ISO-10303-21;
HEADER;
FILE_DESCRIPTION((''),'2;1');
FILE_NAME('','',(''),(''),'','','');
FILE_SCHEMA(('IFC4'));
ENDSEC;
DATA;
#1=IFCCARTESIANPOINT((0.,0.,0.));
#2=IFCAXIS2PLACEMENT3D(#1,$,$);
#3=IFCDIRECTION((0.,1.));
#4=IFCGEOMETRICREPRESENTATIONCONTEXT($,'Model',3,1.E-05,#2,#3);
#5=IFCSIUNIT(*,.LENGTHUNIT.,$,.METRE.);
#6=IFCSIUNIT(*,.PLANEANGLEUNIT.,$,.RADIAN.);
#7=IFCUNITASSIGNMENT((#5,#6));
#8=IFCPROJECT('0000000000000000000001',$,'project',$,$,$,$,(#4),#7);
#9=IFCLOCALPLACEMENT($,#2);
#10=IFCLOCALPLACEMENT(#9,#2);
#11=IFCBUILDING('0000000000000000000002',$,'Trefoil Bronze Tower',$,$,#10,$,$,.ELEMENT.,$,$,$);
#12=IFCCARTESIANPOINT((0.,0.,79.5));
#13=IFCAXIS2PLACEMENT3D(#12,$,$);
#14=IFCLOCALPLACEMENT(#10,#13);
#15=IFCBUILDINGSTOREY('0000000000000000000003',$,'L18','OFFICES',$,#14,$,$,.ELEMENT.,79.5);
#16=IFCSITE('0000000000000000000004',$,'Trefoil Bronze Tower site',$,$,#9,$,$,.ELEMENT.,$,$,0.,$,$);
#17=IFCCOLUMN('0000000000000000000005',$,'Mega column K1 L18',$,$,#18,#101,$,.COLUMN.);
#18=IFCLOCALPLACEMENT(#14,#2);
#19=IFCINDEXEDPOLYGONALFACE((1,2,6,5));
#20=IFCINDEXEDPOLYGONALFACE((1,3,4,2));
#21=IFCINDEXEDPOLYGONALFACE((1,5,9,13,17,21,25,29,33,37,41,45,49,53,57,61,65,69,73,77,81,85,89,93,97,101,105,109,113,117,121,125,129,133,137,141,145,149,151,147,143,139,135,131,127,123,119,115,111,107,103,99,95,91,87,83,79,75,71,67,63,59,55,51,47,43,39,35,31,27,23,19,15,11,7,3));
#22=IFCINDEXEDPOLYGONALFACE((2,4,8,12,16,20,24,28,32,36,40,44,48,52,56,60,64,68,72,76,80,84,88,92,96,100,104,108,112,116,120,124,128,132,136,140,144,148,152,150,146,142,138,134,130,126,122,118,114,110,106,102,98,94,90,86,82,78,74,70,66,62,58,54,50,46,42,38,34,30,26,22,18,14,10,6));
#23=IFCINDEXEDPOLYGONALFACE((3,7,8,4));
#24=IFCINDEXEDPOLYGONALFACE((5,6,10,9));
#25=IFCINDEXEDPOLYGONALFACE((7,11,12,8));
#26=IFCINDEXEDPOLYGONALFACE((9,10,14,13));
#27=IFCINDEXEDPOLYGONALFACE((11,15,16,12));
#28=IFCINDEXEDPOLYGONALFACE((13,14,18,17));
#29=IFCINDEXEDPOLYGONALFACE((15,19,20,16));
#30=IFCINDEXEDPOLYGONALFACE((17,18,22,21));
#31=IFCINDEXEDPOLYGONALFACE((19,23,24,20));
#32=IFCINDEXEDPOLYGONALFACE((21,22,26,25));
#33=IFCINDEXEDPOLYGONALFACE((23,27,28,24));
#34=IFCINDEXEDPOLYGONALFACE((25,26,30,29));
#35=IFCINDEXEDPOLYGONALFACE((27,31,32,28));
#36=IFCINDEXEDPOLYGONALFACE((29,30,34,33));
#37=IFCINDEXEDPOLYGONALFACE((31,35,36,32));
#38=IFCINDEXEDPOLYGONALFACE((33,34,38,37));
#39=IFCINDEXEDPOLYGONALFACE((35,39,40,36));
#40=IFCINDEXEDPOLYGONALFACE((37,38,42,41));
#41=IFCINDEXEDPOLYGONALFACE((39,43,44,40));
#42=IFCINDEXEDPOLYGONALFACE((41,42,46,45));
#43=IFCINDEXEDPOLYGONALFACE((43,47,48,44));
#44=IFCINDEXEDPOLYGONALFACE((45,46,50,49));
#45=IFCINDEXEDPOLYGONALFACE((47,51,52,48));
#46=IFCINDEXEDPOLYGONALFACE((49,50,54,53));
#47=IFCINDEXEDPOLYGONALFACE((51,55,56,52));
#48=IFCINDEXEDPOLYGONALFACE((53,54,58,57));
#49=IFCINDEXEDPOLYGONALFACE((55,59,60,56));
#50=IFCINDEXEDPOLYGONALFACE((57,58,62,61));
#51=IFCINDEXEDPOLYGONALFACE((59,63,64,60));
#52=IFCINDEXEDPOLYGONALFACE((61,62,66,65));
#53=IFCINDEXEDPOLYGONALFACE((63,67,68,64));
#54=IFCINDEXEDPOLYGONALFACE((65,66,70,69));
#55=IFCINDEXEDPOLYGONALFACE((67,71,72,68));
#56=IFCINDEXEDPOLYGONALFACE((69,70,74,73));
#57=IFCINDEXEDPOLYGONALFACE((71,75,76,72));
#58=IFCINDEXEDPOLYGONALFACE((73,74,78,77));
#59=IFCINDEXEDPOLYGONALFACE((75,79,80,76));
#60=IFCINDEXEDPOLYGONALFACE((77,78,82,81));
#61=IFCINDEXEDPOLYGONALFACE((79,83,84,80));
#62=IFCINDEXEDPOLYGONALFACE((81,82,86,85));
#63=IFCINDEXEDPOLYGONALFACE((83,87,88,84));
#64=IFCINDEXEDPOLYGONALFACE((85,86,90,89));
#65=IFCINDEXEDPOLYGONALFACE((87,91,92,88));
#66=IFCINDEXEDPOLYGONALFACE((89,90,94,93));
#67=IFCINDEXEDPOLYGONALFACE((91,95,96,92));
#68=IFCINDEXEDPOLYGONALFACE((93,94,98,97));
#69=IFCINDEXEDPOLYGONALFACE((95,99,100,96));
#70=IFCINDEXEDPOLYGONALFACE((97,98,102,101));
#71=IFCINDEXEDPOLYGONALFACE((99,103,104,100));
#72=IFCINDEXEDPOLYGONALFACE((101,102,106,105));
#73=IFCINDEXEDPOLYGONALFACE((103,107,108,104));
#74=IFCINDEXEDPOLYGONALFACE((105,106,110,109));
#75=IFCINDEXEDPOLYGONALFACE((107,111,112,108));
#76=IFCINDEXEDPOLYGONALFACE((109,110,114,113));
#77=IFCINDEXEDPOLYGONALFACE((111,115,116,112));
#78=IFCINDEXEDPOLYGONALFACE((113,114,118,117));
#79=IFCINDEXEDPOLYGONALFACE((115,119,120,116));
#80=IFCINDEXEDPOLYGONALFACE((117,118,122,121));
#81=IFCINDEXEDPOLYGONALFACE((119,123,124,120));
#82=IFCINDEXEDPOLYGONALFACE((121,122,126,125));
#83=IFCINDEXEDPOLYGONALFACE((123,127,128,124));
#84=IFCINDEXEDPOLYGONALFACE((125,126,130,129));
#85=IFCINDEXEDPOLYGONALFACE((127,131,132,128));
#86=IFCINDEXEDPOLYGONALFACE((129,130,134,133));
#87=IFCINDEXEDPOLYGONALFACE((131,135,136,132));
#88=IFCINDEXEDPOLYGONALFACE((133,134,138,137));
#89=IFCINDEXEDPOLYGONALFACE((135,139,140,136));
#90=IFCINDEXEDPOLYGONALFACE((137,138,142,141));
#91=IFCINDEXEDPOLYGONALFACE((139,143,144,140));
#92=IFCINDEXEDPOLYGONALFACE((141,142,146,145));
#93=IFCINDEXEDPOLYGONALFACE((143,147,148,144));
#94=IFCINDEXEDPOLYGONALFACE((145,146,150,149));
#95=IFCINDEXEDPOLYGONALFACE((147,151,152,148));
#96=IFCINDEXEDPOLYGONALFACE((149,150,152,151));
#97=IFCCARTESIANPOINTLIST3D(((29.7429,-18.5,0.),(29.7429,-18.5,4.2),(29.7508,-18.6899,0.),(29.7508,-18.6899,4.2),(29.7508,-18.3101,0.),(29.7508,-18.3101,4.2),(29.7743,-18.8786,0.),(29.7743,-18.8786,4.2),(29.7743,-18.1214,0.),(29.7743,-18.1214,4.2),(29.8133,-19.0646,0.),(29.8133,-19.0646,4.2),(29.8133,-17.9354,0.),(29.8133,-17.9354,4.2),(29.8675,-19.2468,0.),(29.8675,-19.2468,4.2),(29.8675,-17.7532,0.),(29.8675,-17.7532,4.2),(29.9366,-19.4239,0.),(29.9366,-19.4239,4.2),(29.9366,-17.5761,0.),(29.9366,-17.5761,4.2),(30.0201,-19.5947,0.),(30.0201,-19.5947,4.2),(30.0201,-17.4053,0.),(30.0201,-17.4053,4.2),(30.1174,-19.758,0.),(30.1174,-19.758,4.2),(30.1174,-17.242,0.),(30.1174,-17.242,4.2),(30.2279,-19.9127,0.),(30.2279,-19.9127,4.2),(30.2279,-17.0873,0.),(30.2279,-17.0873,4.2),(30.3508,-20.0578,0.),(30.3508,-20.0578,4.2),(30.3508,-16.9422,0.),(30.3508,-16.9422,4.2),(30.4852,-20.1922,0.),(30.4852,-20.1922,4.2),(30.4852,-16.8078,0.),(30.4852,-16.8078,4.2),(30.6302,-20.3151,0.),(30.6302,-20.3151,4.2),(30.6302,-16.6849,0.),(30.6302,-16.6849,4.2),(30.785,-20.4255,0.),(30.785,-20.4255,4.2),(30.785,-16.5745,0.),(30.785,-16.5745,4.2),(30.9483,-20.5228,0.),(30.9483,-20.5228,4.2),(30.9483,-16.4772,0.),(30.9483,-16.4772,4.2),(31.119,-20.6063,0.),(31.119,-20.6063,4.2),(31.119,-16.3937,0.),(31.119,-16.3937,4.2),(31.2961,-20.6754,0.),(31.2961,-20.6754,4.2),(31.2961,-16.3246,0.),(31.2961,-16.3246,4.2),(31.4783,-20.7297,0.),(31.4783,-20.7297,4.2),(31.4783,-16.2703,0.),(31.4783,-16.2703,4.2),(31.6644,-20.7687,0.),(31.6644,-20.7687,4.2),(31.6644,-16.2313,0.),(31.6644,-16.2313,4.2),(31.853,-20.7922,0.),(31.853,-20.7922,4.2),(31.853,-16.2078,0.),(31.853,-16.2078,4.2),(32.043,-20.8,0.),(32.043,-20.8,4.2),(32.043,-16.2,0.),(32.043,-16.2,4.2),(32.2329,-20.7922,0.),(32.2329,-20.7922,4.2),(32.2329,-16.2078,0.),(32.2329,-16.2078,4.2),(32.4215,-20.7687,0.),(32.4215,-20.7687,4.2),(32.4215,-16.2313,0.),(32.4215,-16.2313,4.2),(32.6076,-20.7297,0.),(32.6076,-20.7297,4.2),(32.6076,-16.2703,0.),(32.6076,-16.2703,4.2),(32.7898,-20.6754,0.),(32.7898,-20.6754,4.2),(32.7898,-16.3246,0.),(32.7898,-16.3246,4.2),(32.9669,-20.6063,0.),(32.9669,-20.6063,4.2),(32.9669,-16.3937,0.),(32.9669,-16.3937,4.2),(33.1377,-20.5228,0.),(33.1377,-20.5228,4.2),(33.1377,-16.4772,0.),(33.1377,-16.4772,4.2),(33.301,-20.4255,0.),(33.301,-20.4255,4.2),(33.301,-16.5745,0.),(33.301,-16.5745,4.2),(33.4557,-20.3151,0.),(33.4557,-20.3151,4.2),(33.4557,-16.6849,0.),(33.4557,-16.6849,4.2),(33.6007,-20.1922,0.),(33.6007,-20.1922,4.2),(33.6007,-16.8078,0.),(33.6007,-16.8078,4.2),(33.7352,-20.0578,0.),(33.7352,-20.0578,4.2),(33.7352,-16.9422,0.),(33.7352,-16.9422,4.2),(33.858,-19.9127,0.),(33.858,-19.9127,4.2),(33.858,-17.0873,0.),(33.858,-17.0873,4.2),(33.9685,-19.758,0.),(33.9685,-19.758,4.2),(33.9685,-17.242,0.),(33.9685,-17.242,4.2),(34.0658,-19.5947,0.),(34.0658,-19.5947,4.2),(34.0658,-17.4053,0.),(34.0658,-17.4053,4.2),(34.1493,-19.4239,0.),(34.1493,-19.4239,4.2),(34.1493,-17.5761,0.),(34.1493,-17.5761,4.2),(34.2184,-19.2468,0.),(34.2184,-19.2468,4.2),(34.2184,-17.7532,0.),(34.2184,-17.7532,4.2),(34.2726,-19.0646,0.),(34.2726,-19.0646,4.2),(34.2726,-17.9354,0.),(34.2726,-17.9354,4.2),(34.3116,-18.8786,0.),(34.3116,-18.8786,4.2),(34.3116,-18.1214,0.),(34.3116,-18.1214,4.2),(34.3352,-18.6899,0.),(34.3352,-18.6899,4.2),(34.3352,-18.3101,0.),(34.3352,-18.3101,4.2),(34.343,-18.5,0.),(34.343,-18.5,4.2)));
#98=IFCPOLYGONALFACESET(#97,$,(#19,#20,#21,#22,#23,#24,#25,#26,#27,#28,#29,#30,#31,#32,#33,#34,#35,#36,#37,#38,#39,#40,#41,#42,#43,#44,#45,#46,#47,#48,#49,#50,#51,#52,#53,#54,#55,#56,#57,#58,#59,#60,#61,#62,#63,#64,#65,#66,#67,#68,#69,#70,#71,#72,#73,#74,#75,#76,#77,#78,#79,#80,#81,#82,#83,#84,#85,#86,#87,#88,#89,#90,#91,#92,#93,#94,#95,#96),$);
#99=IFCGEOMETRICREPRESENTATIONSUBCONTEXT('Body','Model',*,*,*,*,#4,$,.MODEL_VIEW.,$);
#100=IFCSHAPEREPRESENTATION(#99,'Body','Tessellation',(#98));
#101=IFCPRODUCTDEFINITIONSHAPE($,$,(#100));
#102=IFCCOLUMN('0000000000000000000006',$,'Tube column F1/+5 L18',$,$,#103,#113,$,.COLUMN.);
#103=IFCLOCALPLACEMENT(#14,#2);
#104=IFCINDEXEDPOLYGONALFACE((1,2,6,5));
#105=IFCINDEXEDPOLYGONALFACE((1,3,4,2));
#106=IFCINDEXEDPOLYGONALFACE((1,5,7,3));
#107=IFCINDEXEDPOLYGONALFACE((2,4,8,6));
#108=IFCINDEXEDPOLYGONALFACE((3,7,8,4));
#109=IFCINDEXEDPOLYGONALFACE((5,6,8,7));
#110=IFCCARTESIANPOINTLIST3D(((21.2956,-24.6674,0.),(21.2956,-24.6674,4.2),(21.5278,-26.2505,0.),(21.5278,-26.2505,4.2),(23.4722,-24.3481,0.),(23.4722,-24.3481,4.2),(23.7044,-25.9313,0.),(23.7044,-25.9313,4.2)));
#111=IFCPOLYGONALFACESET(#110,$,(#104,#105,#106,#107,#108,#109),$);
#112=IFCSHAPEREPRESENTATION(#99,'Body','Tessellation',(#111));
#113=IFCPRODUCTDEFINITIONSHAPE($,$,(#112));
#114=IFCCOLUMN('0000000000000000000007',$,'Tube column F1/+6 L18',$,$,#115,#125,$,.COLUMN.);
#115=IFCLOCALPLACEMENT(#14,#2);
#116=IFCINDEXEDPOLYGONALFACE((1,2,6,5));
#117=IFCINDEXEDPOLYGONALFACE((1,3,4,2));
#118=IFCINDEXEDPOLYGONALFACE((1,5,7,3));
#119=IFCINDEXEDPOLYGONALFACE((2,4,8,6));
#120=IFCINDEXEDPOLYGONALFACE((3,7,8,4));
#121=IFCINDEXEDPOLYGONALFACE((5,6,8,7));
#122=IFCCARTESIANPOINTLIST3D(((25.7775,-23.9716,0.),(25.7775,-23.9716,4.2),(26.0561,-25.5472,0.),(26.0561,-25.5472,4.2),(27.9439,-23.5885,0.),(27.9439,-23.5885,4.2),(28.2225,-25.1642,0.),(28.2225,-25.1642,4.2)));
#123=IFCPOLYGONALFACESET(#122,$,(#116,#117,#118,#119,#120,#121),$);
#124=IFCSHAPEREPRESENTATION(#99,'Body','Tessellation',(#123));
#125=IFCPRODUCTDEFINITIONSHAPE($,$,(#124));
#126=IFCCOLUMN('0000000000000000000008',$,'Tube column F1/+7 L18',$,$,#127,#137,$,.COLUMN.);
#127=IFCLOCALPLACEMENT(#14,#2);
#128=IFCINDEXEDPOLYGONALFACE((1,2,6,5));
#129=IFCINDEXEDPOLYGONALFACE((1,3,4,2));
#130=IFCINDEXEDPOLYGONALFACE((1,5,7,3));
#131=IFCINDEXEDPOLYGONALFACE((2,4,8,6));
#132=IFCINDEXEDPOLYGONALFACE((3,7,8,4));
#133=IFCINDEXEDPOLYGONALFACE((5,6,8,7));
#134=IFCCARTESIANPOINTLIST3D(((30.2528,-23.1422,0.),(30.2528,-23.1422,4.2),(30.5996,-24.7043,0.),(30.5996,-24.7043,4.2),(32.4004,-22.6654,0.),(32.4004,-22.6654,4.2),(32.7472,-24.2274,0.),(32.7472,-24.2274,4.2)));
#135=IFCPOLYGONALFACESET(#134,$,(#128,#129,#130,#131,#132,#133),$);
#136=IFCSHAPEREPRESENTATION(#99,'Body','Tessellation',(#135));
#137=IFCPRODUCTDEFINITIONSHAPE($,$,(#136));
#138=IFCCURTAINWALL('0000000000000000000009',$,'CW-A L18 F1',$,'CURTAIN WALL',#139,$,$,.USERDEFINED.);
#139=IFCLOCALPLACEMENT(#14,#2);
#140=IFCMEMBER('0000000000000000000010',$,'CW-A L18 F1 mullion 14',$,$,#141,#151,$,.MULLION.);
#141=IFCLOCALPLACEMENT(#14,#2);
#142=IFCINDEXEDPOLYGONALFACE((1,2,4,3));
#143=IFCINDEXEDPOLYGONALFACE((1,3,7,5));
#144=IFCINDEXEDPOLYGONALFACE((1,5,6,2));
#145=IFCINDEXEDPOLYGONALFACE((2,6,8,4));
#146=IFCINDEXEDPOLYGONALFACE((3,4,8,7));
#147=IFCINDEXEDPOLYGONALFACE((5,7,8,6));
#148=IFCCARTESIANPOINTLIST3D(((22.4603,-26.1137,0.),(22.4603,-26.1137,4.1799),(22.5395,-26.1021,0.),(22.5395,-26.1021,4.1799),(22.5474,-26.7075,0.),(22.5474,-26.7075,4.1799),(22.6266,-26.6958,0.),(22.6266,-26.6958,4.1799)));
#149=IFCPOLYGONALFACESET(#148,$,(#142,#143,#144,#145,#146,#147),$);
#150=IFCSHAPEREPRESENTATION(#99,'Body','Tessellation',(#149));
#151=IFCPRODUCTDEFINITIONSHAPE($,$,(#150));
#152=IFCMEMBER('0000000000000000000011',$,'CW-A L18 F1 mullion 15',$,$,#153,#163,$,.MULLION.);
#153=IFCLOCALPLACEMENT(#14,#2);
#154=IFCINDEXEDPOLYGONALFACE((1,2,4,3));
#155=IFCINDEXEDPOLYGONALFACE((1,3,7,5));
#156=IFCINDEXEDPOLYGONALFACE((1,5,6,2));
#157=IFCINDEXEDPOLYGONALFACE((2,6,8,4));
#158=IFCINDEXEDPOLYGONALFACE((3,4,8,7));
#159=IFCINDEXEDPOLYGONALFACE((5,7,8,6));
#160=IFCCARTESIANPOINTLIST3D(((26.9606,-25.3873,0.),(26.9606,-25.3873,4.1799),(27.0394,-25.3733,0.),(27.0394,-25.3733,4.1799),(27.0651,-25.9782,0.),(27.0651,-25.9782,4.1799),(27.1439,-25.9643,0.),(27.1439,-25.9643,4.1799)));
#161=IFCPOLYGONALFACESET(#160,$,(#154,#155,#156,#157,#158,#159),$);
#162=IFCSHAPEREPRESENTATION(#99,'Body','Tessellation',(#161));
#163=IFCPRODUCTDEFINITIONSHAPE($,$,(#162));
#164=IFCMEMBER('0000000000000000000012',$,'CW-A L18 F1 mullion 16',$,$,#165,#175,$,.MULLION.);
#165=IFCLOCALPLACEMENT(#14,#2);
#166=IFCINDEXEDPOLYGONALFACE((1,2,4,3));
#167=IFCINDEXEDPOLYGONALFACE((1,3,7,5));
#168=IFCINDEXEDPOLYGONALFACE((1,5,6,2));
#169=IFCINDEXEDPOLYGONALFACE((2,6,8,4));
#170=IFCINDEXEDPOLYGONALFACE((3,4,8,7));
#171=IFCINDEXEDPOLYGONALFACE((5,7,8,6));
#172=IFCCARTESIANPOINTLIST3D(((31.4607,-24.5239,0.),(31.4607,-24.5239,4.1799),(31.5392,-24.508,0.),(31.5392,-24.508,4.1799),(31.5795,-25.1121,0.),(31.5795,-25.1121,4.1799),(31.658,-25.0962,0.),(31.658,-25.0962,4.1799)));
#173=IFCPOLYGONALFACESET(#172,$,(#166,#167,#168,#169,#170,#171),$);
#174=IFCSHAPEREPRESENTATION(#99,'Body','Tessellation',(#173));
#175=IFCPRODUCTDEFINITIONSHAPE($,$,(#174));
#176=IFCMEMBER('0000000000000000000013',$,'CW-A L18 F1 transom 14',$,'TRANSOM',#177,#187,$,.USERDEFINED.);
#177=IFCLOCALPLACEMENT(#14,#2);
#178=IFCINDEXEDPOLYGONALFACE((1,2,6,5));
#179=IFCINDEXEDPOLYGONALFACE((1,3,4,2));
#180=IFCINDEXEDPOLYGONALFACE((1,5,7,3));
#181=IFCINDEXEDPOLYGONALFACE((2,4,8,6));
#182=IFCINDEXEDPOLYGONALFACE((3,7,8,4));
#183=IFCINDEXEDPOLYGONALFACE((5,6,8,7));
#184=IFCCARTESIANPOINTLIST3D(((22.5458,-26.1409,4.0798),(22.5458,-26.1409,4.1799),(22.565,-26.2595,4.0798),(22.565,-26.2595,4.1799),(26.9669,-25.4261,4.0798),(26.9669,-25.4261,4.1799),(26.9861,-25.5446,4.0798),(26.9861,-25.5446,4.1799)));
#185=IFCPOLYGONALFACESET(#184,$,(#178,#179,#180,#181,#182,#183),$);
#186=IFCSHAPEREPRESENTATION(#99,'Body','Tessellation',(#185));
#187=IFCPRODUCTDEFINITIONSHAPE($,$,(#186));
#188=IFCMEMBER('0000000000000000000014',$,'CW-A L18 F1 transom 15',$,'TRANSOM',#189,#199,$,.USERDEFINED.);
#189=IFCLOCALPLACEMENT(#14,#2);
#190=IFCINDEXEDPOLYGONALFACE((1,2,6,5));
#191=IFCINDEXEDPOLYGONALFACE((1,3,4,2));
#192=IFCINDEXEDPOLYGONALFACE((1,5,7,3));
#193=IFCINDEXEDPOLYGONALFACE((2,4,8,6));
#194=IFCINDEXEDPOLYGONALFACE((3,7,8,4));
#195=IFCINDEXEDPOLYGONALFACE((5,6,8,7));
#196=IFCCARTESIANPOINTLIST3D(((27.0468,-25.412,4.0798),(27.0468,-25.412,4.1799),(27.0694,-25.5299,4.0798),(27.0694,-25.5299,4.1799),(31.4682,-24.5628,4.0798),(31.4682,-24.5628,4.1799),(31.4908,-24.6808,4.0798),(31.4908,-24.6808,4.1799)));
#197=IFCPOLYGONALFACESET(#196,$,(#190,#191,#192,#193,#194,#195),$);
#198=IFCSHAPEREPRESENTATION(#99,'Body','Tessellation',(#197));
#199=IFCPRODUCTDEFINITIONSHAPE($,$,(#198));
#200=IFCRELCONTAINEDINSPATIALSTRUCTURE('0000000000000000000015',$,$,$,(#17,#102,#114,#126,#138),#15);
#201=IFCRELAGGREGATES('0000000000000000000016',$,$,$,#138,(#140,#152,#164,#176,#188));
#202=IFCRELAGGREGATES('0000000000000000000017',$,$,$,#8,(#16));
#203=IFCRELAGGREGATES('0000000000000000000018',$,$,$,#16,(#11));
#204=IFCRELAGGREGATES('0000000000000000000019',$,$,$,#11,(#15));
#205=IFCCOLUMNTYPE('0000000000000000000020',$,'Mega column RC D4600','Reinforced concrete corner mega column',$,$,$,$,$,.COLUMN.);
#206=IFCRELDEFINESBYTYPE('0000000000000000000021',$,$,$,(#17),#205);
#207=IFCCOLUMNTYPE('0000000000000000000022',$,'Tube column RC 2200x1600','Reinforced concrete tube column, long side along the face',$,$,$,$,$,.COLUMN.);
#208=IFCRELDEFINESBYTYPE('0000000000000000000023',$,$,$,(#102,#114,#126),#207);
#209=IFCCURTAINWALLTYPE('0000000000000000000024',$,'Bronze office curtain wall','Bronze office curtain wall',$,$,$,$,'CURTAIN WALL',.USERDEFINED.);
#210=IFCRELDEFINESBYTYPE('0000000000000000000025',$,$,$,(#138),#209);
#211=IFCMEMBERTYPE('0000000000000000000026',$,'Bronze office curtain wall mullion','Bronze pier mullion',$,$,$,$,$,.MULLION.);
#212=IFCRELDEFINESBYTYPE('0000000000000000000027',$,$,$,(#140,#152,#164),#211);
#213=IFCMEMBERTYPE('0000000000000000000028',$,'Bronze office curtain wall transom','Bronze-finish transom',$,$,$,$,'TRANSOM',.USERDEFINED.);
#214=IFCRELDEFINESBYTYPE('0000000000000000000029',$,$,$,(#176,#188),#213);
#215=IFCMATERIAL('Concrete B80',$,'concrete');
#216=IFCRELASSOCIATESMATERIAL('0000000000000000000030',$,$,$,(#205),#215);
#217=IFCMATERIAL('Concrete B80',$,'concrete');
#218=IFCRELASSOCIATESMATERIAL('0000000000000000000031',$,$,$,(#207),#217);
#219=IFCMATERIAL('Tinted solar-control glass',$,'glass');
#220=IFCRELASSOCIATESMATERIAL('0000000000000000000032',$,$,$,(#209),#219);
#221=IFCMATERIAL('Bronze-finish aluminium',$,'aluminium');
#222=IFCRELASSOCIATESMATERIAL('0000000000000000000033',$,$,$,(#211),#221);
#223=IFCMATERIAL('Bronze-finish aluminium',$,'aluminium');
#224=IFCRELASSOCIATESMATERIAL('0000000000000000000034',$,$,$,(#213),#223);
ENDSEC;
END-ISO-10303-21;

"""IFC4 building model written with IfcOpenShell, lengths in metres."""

from ifc_helpers import new_model, si_unit, direction, frame, origin, origin_2d, place, context, subcontext, project, spatial, rectangle, circle, extrude, material, material_profile, profile_set, type_object, element, aggregate, save


model = new_model("IFC4")

# Units and contexts
model_context = context("Model", 3, precision=1e-05, world=origin(), true_north=direction((0.0, 1.0)))
body_context = subcontext(model_context, "Body", "Model", "MODEL_VIEW")
ifc_project = project(units=[si_unit("LENGTHUNIT", "METRE"), si_unit("PLANEANGLEUNIT", "RADIAN")], contexts=[model_context])

# Site, building, storey
site_placement = place(None, origin())
site = spatial("IfcSite", under=ifc_project, at=site_placement, Name="Trefoil Bronze Tower site", CompositionType="ELEMENT", RefElevation=0.0)
building_placement = place(site_placement, origin())
building = spatial("IfcBuilding", under=site, at=building_placement, Name="Trefoil Bronze Tower", CompositionType="ELEMENT")
storey_placement = place(building_placement, frame((0.0, 0.0, 79.5)))
storey = spatial("IfcBuildingStorey", under=building, at=storey_placement, Name="L18", Description="OFFICES", CompositionType="ELEMENT", Elevation=79.5)

# Columns
ifc_material_1 = material(Name="Concrete B80", Category="concrete")
ifc_material_profile_1 = material_profile(ifc_material_1, circle(Radius=2.3, at=origin_2d()), Name="RC D4600")
ifc_profile_set_1 = profile_set([ifc_material_profile_1], Name="Concrete B80")
column_type_1 = type_object("IfcColumnType", Name="Mega column RC D4600", Description="Reinforced concrete corner mega column", PredefinedType="COLUMN", material=ifc_profile_set_1)
column_placement = place(storey_placement, frame((32.043, -18.5, 0.0), z_axis=(0.0, 0.0, 1.0), x_axis=(1.0, 0.0, 0.0)))
element("IfcColumn", 1, at=column_placement, inside=storey, type_object=column_type_1, Name="Mega column K1 L18", PredefinedType="COLUMN", context=body_context, shape_type="SweptSolid", body=[
    extrude(circle(Radius=2.3, at=origin_2d()), origin(), (0.0, 0.0, 1.0), 4.2),
])
ifc_material_2 = material(Name="Concrete B80", Category="concrete")
ifc_material_profile_2 = material_profile(ifc_material_2, rectangle(XDim=2.2, YDim=1.6001, at=origin_2d()), Name="RC 2200x1600")
ifc_profile_set_2 = profile_set([ifc_material_profile_2], Name="Concrete B80")
column_type_2 = type_object("IfcColumnType", Name="Tube column RC 2200x1600", Description="Reinforced concrete tube column, long side along the face", PredefinedType="COLUMN", material=ifc_profile_set_2)
for number, where, z_axis, x_axis, name in (
    (2, (22.5, -25.2993, 0.0), (0.0, 0.0, 1.0), (0.989416, 0.145109, 0.0), "Tube column F1/+5 L18"),
    (3, (27.0, -24.5679, 0.0), (0.0, 0.0, 1.0), (0.984722, 0.174131, 0.0), "Tube column F1/+6 L18"),
    (4, (31.5, -23.6848, 0.0), (0.0, 0.0, 1.0), (0.97623, 0.216739, 0.0), "Tube column F1/+7 L18"),
):
    element("IfcColumn", number, at=place(storey_placement, frame(where, z_axis=z_axis, x_axis=x_axis)), inside=storey, type_object=column_type_2, Name=name, PredefinedType="COLUMN", context=body_context, shape_type="SweptSolid", body=[
        extrude(rectangle(XDim=2.2, YDim=1.6001, at=origin_2d()), origin(), (0.0, 0.0, 1.0), 4.2),
    ])

# Curtain wall, members
ifc_material_3 = material(Name="Tinted solar-control glass", Category="glass")
curtain_wall_type_1 = type_object("IfcCurtainWallType", Name="Bronze office curtain wall", Description="Bronze office curtain wall", ElementType="CURTAIN WALL", PredefinedType="USERDEFINED", material=ifc_material_3)
curtain_wall_1_placement = place(storey_placement, origin())
curtain_wall_1 = element("IfcCurtainWall", 5, at=curtain_wall_1_placement, inside=storey, type_object=curtain_wall_type_1, Name="CW-A L18 F1", ObjectType="CURTAIN WALL", PredefinedType="USERDEFINED")
ifc_material_4 = material(Name="Bronze-finish aluminium", Category="aluminium")
ifc_material_profile_3 = material_profile(ifc_material_4, rectangle(XDim=0.6001, YDim=0.0801, at=origin_2d()), Name="CW-A mullion")
ifc_profile_set_3 = profile_set([ifc_material_profile_3], Name="Bronze-finish aluminium")
member_type_1 = type_object("IfcMemberType", Name="Bronze office curtain wall mullion", Description="Bronze pier mullion", PredefinedType="MULLION", material=ifc_profile_set_3)
member_1_placement = place(storey_placement, frame((22.5435, -26.4048, 0.0), z_axis=(0.0, 0.0, 1.0), x_axis=(-0.145109, 0.989416, 0.0)))
member_1 = element("IfcMember", 6, at=member_1_placement, type_object=member_type_1, Name="CW-A L18 F1 mullion 14", PredefinedType="MULLION", context=body_context, shape_type="SweptSolid", body=[
    extrude(rectangle(XDim=0.6001, YDim=0.0801, at=origin_2d()), origin(), (0.0, 0.0, 1.0), 4.1799),
])
member_2_placement = place(storey_placement, frame((27.0522, -25.6758, 0.0), z_axis=(0.0, 0.0, 1.0), x_axis=(-0.174131, 0.984722, 0.0)))
member_2 = element("IfcMember", 7, at=member_2_placement, type_object=member_type_1, Name="CW-A L18 F1 mullion 15", PredefinedType="MULLION", context=body_context, shape_type="SweptSolid", body=[
    extrude(rectangle(XDim=0.6001, YDim=0.0801, at=origin_2d()), origin(), (0.0, 0.0, 1.0), 4.1799),
])
member_3_placement = place(storey_placement, frame((31.5593, -24.8101, 0.0), z_axis=(0.0, 0.0, 1.0), x_axis=(-0.19791, 0.98022, 0.0)))
member_3 = element("IfcMember", 8, at=member_3_placement, type_object=member_type_1, Name="CW-A L18 F1 mullion 16", PredefinedType="MULLION", context=body_context, shape_type="SweptSolid", body=[
    extrude(rectangle(XDim=0.6001, YDim=0.0801, at=origin_2d()), origin(), (0.0, 0.0, 1.0), 4.1799),
])
ifc_material_5 = material(Name="Bronze-finish aluminium", Category="aluminium")
ifc_material_profile_4 = material_profile(ifc_material_5, rectangle(XDim=0.1201, YDim=0.1001, at=origin_2d()), Name="CW-A transom")
ifc_profile_set_4 = profile_set([ifc_material_profile_4], Name="Bronze-finish aluminium")
member_type_2 = type_object("IfcMemberType", Name="Bronze office curtain wall transom", Description="Bronze-finish transom", ElementType="TRANSOM", PredefinedType="USERDEFINED", material=ifc_profile_set_4)
member_4_placement = place(storey_placement, frame((22.5554, -26.2002, 4.1299), z_axis=(0.987179, 0.159615, 0.0), x_axis=(-0.159615, 0.987179, 0.0)))
member_4 = element("IfcMember", 9, at=member_4_placement, type_object=member_type_2, Name="CW-A L18 F1 transom 14", ObjectType="TRANSOM", PredefinedType="USERDEFINED", context=body_context, shape_type="SweptSolid", body=[
    extrude(rectangle(XDim=0.1201, YDim=0.1001, at=origin_2d()), origin(), (0.0, 0.0, 1.0), 4.4785),
])
member_5_placement = place(storey_placement, frame((27.0581, -25.4709, 4.1299), z_axis=(0.982054, 0.188602, 0.0), x_axis=(-0.188602, 0.982054, 0.0)))
member_5 = element("IfcMember", 10, at=member_5_placement, type_object=member_type_2, Name="CW-A L18 F1 transom 15", ObjectType="TRANSOM", PredefinedType="USERDEFINED", context=body_context, shape_type="SweptSolid", body=[
    extrude(rectangle(XDim=0.1201, YDim=0.1001, at=origin_2d()), origin(), (0.0, 0.0, 1.0), 4.5022),
])

aggregate(curtain_wall_1, [member_1, member_2, member_3, member_4, member_5])

save(model, "model.ifc")
